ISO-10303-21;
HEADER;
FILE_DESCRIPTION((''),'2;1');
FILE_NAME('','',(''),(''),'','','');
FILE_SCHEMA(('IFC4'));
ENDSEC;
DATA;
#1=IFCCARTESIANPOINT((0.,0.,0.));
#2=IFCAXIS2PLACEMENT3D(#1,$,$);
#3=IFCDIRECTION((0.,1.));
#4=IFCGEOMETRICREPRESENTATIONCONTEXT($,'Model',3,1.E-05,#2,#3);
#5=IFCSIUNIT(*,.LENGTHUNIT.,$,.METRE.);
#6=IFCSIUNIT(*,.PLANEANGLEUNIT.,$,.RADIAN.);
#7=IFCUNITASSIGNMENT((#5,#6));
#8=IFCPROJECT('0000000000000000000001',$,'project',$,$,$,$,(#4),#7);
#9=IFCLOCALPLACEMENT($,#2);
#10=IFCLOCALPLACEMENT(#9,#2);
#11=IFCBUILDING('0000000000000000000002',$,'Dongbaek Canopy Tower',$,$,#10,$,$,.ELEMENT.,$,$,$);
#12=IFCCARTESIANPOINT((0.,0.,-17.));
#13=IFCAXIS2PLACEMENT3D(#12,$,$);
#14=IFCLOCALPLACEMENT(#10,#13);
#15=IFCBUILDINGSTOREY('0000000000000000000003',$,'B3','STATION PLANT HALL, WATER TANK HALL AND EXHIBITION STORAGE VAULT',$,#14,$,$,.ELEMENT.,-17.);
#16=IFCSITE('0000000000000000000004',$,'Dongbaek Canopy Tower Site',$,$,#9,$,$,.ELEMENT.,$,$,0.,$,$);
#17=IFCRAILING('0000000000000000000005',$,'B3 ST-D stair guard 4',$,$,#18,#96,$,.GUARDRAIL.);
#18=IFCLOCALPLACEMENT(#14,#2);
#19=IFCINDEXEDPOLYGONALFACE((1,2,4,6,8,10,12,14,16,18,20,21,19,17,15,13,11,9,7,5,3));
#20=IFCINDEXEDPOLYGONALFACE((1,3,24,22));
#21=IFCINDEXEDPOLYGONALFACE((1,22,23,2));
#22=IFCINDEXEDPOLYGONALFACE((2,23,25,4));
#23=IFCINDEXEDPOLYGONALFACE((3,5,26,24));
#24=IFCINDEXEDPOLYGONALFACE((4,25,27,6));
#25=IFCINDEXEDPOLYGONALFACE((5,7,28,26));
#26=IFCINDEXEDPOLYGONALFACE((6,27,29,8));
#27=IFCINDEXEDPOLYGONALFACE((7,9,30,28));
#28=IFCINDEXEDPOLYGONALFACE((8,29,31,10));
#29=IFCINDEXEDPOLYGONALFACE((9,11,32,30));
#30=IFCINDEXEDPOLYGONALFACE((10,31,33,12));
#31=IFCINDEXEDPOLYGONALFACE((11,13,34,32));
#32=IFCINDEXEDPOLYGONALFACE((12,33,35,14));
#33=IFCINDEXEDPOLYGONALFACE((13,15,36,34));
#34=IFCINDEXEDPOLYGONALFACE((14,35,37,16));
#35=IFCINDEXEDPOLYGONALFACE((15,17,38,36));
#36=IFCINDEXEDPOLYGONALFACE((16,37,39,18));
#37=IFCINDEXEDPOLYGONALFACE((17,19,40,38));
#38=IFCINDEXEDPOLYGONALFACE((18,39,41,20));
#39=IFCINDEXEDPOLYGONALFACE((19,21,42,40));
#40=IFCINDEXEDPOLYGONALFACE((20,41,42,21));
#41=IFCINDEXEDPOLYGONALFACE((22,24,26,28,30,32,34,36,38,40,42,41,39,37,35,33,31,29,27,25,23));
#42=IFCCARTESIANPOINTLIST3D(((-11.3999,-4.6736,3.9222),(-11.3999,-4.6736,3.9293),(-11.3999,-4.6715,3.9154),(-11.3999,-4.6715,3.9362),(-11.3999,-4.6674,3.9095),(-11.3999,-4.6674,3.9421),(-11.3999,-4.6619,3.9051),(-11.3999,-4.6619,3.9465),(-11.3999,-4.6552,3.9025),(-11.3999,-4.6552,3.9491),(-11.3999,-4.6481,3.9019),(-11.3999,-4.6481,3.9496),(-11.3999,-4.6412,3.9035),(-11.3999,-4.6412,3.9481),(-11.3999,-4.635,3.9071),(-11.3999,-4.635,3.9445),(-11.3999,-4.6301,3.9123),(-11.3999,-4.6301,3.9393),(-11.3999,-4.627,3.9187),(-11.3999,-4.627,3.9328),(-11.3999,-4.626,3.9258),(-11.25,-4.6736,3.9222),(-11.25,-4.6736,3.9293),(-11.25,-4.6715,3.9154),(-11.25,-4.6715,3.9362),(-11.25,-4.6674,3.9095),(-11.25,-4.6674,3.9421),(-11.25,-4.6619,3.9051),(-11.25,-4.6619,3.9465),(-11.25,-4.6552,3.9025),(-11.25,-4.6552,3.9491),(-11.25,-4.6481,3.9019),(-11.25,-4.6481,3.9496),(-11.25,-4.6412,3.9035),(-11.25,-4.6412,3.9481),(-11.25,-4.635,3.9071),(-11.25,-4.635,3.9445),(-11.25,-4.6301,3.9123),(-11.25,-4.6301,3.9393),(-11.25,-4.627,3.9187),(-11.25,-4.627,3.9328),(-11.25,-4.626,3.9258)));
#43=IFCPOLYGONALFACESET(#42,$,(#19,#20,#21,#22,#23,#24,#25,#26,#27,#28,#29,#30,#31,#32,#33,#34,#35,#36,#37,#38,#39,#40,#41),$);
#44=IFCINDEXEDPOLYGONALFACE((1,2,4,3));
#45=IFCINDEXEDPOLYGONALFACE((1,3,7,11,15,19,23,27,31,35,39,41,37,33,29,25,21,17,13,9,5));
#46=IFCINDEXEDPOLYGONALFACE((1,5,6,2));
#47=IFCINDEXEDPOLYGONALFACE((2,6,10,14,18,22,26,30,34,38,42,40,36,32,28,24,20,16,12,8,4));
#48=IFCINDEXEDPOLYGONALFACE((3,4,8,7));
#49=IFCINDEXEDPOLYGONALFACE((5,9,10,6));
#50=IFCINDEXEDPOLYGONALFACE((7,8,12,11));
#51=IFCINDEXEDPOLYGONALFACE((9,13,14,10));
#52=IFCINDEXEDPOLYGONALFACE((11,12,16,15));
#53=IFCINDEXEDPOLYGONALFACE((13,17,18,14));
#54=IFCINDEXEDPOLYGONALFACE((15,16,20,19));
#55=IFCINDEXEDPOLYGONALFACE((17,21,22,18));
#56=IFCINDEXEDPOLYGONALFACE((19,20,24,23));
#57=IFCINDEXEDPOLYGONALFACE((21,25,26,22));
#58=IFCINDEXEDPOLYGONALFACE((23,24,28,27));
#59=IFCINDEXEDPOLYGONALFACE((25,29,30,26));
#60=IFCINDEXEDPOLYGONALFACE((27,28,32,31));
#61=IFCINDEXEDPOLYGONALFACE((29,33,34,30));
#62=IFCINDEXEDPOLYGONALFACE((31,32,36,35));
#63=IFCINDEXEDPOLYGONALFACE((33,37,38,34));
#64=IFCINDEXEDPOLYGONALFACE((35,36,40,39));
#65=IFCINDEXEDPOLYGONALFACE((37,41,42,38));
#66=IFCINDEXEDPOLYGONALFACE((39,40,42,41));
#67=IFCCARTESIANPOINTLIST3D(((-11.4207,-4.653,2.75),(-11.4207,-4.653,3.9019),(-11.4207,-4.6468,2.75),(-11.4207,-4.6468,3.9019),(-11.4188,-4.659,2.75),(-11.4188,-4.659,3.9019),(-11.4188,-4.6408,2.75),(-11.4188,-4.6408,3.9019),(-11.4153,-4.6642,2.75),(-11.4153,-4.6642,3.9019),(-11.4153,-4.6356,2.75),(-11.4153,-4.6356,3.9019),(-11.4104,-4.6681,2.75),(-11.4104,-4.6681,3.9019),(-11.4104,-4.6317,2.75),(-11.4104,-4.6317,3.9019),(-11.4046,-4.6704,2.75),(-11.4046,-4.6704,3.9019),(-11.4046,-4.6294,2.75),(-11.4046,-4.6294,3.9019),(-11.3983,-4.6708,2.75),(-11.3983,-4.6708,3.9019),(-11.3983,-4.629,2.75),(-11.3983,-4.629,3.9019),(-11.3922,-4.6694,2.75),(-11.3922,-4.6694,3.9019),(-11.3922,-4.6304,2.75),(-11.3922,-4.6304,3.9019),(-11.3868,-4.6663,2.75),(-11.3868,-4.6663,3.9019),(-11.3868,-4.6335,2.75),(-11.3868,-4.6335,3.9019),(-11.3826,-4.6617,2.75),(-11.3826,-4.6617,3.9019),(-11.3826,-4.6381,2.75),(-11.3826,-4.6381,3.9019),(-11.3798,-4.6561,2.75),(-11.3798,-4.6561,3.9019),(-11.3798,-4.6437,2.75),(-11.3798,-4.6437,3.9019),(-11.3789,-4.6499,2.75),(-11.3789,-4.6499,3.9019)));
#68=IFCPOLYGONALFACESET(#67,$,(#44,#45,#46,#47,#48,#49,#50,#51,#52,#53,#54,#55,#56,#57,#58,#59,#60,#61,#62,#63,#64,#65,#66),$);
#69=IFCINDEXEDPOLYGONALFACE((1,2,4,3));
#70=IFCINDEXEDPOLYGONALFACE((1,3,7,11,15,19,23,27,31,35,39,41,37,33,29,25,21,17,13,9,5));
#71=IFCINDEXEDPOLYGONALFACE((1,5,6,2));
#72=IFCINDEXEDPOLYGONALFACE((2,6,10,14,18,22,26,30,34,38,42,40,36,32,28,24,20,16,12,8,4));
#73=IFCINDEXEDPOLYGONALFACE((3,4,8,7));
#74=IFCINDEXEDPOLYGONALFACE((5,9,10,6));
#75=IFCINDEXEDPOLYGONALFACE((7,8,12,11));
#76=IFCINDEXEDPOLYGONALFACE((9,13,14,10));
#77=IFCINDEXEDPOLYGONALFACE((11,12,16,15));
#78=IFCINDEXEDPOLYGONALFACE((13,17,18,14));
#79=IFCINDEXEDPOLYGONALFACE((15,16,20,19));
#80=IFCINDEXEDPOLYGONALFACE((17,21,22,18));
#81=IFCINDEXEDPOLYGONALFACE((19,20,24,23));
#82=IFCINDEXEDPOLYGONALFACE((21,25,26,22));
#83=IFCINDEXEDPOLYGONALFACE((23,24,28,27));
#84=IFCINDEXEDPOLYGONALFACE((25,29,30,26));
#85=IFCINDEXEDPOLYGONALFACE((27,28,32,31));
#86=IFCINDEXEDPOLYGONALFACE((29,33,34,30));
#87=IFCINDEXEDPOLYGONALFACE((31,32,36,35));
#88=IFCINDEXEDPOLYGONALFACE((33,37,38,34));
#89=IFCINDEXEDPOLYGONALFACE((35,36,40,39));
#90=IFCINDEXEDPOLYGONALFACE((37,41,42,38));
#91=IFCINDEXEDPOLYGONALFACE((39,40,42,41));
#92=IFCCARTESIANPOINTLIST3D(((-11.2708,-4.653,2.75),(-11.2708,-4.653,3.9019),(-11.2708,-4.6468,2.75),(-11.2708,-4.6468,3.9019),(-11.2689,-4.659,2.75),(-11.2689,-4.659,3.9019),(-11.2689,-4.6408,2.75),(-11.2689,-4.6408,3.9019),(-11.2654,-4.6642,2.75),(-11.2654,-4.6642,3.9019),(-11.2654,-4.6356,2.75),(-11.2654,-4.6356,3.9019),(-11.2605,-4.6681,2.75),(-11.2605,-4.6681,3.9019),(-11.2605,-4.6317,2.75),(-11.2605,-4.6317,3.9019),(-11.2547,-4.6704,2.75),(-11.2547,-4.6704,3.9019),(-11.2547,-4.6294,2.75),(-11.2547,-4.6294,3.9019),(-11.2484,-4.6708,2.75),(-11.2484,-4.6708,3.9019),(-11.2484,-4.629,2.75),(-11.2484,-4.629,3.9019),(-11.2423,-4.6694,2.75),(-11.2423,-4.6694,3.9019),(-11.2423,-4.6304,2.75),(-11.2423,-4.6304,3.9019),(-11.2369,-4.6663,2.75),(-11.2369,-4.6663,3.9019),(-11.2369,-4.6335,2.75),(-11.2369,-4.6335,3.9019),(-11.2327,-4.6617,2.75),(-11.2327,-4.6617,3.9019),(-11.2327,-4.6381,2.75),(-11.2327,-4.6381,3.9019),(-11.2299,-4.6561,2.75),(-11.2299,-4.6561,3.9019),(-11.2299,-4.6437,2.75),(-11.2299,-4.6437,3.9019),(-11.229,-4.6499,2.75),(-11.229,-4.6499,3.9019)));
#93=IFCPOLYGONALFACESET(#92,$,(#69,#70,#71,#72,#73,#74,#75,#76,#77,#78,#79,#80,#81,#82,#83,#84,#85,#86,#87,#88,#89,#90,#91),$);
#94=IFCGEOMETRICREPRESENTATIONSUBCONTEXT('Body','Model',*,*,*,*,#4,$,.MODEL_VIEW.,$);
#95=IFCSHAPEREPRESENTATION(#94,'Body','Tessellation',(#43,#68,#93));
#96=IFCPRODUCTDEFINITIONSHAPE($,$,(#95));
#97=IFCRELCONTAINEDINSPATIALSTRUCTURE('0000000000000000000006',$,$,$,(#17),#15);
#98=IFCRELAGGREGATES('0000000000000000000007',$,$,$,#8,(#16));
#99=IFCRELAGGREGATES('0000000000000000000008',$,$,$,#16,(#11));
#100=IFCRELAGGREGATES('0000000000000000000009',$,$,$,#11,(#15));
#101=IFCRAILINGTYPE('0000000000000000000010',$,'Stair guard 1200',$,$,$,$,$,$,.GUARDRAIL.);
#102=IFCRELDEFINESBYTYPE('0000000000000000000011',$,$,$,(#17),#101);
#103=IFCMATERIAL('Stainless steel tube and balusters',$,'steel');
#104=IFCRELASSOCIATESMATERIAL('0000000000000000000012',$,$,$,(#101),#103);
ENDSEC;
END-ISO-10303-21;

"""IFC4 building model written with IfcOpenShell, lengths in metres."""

from ifc_helpers import new_model, si_unit, direction, frame, origin, origin_2d, place, context, subcontext, project, spatial, circle, extrude, material, type_object, element, save


model = new_model("IFC4")

# Units and contexts
model_context = context("Model", 3, precision=1e-05, world=origin(), true_north=direction((0.0, 1.0)))
body_context = subcontext(model_context, "Body", "Model", "MODEL_VIEW")
ifc_project = project(units=[si_unit("LENGTHUNIT", "METRE"), si_unit("PLANEANGLEUNIT", "RADIAN")], contexts=[model_context])

# Site, building, storey
site_placement = place(None, origin())
site = spatial("IfcSite", under=ifc_project, at=site_placement, Name="Dongbaek Canopy Tower Site", CompositionType="ELEMENT", RefElevation=0.0)
building_placement = place(site_placement, origin())
building = spatial("IfcBuilding", under=site, at=building_placement, Name="Dongbaek Canopy Tower", CompositionType="ELEMENT")
storey_placement = place(building_placement, frame((0.0, 0.0, -17.0)))
storey = spatial("IfcBuildingStorey", under=building, at=storey_placement, Name="B3", Description="STATION PLANT HALL, WATER TANK HALL AND EXHIBITION STORAGE VAULT", CompositionType="ELEMENT", Elevation=-17.0)

# Railing
ifc_material_1 = material(Name="Stainless steel tube and balusters", Category="steel")
railing_type_1 = type_object("IfcRailingType", Name="Stair guard 1200", PredefinedType="GUARDRAIL", material=ifc_material_1)
railing_1_placement = place(storey_placement, frame((-11.3999, -4.6499, 2.75)))
element("IfcRailing", 1, at=railing_1_placement, inside=storey, type_object=railing_type_1, Name="B3 ST-D stair guard 4", PredefinedType="GUARDRAIL", context=body_context, shape_type="SweptSolid", body=[
    extrude(circle(Radius=0.0239, at=origin_2d()), frame((0.0, 0.0, 1.1758), z_axis=(1.0, 0.0, 0.0), x_axis=(0.0, 1.0, 0.0)), (0.0, 0.0, 1.0), 0.1499),
    extrude(circle(Radius=0.021, at=origin_2d()), origin(), (0.0, 0.0, 1.0), 1.1519),
    extrude(circle(Radius=0.021, at=origin_2d()), frame((0.1499, 0.0, 0.0)), (0.0, 0.0, 1.0), 1.1519),
])

save(model, "model.ifc")
